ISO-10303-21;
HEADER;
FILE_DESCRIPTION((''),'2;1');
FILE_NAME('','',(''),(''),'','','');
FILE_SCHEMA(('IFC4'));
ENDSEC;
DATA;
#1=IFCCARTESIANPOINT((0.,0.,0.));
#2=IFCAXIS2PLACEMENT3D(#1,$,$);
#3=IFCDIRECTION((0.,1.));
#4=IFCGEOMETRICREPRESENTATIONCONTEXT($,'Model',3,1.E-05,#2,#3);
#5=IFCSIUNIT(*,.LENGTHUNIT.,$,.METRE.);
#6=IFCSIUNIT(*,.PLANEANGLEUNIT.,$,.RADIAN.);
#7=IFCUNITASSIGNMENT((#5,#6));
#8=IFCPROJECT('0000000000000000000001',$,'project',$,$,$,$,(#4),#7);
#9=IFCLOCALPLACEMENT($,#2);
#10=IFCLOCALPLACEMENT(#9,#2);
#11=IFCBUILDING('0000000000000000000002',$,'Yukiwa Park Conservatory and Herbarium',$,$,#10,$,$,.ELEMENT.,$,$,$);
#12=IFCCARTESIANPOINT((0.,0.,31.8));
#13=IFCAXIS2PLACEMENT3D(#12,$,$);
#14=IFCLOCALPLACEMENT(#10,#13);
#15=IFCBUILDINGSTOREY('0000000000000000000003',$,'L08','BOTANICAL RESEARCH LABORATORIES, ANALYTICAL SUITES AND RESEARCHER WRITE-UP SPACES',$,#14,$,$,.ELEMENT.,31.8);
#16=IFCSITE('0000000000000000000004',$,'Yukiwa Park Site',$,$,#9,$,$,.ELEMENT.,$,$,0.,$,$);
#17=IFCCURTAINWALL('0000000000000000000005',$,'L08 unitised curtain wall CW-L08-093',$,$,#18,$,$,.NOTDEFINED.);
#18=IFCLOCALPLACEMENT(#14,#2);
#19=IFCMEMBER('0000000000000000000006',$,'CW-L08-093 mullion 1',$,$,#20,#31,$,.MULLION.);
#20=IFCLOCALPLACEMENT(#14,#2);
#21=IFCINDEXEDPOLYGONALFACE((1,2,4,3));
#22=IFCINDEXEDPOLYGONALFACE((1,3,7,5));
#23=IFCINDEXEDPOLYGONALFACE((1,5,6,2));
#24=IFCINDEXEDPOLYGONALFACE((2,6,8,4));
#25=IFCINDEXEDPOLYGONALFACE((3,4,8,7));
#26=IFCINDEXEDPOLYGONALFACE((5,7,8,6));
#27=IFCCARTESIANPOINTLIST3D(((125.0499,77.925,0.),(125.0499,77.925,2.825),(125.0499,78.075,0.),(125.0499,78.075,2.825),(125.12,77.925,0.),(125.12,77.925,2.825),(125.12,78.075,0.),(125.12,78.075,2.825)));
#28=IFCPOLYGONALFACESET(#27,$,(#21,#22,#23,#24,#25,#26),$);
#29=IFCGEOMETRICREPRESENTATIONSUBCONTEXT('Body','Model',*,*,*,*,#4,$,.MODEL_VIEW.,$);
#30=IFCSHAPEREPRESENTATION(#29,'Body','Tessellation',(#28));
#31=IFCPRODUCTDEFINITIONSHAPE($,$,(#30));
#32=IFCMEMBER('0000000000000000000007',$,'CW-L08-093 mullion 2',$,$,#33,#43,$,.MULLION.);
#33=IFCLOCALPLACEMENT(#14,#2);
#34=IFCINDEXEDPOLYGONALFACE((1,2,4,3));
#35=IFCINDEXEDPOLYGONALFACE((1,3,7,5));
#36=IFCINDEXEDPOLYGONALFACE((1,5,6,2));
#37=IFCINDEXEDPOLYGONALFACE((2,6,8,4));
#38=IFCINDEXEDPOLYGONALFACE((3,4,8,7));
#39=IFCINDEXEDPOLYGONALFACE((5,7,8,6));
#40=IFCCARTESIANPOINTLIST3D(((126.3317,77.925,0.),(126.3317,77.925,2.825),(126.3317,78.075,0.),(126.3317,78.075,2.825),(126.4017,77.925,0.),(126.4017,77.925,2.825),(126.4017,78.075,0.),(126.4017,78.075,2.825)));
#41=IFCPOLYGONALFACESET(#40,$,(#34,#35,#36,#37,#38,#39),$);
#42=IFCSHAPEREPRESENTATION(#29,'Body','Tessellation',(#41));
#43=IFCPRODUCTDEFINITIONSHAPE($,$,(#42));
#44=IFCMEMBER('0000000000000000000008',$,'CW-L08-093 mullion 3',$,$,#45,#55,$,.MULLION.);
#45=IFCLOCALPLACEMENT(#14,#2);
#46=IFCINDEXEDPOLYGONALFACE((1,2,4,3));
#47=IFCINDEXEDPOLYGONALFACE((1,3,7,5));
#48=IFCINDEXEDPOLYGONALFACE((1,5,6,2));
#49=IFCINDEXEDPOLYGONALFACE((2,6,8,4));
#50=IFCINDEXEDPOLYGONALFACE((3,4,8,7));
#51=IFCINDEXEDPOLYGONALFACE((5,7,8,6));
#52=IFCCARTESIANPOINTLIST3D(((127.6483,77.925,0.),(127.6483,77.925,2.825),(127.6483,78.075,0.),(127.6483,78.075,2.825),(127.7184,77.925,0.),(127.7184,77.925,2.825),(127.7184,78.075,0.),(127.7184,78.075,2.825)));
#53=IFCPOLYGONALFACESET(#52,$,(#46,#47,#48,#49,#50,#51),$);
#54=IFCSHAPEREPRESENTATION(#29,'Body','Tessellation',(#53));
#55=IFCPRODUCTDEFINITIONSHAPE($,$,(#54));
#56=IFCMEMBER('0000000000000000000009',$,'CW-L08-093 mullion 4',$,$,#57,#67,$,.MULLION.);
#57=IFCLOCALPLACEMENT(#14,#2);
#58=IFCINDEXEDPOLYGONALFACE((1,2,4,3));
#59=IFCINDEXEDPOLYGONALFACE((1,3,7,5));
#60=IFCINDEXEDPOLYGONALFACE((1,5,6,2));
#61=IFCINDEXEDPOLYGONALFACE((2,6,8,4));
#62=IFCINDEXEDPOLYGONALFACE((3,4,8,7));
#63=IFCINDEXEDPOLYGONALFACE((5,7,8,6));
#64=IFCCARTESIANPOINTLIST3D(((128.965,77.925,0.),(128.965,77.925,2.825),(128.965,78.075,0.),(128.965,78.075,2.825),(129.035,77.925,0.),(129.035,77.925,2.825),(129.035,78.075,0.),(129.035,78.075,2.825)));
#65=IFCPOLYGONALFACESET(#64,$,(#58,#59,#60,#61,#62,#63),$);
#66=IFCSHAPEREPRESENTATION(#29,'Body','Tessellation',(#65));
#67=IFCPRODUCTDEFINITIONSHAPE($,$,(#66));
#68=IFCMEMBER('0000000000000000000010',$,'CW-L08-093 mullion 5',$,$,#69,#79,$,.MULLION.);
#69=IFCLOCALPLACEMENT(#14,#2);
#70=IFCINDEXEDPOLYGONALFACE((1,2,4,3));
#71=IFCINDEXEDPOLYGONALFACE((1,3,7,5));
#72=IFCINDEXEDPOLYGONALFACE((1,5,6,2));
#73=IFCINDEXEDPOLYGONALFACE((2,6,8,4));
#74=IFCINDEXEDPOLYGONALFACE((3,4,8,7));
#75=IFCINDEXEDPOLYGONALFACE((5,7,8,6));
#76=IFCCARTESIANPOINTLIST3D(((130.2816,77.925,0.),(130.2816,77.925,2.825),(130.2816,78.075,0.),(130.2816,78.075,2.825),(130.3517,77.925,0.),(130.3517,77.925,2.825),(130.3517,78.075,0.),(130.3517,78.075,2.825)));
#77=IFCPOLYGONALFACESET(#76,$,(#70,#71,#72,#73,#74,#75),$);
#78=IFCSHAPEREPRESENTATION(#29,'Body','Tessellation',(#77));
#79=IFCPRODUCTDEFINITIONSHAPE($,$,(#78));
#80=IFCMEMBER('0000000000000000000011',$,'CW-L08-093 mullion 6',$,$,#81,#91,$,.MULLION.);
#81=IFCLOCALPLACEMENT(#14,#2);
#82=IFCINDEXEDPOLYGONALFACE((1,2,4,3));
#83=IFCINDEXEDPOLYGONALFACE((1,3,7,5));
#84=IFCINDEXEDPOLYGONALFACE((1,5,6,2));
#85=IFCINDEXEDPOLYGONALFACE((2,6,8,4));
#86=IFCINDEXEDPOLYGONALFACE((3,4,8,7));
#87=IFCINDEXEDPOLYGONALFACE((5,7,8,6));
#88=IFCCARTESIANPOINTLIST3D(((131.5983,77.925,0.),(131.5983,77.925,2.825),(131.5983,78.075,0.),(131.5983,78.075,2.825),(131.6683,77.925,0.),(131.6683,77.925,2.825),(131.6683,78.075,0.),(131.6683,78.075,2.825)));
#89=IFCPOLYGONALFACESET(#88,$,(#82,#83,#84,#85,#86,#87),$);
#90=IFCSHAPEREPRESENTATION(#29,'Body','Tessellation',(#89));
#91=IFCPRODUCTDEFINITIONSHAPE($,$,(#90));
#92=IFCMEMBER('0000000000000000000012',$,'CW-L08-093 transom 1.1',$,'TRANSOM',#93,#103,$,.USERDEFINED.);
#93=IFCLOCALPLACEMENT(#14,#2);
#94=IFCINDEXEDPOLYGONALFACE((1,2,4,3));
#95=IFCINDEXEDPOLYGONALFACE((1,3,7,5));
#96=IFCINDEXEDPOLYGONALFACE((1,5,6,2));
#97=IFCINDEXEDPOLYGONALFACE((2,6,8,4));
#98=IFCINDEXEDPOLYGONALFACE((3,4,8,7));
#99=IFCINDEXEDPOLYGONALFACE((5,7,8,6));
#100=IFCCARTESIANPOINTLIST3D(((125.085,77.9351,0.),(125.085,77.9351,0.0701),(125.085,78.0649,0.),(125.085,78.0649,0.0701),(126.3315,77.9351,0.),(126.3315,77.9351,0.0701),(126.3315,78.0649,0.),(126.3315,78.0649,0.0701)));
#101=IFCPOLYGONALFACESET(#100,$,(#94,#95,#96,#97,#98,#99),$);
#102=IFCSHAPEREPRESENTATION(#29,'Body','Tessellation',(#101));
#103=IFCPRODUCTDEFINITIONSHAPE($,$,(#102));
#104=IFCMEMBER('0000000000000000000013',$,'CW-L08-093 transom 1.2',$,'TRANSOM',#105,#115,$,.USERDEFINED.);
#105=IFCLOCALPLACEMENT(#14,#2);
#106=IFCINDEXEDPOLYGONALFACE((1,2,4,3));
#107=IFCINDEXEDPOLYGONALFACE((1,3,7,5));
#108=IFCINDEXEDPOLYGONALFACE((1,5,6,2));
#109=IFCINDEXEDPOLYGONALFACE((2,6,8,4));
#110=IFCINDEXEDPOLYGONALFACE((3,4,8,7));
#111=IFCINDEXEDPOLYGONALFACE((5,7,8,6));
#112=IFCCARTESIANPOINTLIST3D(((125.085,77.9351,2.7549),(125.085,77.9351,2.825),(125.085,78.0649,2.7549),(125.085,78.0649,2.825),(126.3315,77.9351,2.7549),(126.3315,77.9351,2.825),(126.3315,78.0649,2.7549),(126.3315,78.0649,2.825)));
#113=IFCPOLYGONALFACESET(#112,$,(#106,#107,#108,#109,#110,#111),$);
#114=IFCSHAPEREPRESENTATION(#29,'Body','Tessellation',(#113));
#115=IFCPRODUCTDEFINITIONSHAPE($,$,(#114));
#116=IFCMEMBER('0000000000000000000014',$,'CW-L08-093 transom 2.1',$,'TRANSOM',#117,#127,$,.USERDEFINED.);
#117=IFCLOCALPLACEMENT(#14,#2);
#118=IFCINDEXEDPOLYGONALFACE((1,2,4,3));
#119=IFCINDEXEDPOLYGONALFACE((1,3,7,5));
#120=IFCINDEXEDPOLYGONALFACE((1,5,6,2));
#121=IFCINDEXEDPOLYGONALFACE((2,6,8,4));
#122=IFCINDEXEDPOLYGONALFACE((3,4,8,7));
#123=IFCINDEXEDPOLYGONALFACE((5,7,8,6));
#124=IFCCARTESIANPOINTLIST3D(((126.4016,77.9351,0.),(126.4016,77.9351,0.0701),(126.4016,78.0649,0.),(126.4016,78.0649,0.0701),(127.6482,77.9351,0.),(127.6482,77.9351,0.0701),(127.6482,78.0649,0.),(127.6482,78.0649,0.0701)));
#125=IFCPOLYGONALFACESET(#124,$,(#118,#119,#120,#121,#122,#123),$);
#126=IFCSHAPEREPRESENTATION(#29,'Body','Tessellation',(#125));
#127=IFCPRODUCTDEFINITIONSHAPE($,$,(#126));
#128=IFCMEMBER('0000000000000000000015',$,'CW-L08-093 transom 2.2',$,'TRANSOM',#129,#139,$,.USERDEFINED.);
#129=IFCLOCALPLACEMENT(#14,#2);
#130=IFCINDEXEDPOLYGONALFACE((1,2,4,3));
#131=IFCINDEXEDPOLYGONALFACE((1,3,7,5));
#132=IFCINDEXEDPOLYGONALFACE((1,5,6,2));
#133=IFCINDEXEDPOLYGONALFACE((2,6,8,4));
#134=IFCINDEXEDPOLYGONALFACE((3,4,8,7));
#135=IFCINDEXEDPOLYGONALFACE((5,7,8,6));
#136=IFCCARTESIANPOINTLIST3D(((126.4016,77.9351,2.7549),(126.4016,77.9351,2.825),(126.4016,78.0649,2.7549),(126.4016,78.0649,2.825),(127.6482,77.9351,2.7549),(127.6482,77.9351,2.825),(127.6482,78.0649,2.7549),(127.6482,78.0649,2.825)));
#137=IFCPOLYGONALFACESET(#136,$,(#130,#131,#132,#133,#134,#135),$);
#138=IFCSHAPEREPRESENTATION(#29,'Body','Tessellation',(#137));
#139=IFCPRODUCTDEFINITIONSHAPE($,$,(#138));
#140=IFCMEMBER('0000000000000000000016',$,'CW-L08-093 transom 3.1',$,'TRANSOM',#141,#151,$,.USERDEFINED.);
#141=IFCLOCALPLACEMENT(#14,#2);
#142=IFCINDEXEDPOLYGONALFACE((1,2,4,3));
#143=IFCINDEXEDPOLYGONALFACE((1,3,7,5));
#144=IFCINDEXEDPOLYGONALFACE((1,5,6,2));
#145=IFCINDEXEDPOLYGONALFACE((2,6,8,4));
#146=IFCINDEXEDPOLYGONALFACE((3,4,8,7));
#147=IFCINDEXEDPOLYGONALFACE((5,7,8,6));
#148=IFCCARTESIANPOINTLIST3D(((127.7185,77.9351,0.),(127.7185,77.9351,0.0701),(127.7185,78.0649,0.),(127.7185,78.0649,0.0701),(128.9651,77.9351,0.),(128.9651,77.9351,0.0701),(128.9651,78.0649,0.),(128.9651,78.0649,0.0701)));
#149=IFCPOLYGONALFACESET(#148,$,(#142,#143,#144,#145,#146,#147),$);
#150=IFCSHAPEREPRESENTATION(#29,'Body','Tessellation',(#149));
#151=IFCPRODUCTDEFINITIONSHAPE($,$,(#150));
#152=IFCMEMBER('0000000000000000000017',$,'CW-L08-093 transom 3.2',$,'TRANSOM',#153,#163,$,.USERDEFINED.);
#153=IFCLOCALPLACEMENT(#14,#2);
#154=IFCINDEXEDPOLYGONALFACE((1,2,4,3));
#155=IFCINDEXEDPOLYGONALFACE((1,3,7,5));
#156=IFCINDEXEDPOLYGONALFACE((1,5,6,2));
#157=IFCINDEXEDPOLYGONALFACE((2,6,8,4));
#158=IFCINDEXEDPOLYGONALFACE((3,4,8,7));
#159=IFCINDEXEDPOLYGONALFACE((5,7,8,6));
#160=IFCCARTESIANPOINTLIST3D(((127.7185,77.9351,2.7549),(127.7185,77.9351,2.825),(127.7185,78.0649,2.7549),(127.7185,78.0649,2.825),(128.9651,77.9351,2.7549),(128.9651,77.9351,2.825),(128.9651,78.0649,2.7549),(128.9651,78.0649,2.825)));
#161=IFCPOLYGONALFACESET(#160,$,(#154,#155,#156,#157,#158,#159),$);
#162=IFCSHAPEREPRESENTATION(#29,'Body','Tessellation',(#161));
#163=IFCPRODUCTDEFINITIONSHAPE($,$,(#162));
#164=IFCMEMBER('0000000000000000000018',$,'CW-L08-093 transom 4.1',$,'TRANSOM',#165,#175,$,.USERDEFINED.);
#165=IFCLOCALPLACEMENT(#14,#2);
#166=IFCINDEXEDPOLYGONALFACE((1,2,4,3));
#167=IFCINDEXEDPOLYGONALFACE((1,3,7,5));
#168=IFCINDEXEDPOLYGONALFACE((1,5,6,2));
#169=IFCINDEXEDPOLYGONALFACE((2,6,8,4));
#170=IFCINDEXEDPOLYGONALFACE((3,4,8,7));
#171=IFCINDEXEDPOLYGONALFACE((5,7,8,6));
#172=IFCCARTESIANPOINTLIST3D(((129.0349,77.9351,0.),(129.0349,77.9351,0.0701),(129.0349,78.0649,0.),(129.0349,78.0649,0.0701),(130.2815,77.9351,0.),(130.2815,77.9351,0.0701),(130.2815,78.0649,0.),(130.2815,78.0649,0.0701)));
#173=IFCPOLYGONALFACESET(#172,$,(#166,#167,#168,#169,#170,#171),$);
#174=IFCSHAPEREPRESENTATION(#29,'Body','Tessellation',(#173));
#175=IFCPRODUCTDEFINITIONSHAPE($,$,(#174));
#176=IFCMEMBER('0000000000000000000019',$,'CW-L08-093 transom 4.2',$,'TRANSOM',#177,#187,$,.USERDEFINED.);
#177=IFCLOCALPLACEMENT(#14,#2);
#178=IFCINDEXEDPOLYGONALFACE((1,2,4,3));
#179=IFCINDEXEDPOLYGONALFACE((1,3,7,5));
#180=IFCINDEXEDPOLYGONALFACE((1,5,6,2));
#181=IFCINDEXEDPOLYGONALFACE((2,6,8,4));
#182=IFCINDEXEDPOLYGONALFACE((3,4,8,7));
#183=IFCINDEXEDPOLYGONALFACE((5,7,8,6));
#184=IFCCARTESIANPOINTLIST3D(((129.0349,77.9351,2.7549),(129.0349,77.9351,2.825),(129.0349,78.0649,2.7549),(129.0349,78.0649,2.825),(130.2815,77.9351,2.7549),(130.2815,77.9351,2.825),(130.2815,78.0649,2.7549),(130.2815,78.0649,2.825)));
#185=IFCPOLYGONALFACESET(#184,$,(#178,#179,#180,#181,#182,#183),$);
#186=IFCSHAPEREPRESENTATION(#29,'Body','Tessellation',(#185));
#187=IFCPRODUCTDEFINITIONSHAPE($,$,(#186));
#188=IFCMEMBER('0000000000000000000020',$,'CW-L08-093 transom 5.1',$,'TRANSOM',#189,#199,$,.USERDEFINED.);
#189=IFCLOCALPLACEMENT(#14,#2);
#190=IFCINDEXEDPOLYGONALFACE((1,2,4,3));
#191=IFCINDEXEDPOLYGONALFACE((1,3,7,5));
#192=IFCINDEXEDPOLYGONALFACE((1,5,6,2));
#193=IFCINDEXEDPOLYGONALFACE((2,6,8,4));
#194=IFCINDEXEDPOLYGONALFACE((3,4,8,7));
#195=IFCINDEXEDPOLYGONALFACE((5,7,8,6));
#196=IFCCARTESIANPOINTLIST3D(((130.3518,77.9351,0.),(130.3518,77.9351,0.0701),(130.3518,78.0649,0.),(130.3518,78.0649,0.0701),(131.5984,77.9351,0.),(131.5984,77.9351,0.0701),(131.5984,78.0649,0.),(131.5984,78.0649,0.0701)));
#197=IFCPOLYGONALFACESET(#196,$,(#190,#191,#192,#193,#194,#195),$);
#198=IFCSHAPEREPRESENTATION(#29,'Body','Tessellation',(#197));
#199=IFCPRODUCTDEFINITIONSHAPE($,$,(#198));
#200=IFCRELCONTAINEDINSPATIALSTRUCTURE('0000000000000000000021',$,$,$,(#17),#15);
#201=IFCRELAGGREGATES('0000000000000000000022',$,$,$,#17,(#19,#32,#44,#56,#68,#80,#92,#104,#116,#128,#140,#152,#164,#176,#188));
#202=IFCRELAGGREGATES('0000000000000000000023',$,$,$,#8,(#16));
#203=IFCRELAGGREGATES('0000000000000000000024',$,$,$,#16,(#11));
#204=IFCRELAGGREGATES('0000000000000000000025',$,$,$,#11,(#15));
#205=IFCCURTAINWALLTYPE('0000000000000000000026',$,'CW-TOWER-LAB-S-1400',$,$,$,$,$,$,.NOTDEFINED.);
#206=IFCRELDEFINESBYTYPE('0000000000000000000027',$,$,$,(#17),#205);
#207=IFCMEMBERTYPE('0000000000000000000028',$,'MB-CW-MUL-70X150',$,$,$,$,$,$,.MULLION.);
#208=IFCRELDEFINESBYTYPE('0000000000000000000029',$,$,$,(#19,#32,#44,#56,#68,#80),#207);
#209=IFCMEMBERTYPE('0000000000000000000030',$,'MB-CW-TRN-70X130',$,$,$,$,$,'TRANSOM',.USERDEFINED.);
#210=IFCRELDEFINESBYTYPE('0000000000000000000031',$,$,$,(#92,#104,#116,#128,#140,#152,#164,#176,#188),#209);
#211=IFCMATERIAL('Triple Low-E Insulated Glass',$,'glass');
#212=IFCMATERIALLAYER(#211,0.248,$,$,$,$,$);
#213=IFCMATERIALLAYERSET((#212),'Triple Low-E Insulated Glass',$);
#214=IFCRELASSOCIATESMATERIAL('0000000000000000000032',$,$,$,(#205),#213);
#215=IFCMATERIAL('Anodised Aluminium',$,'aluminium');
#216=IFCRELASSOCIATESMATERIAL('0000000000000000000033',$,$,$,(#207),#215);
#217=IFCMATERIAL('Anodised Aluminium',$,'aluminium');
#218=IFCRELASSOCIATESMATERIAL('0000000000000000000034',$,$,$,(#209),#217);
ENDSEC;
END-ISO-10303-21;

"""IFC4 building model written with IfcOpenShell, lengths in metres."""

from ifc_helpers import new_model, si_unit, direction, frame, origin, origin_2d, place, context, subcontext, project, spatial, rectangle, extrude, material, layer, layer_set, type_object, element, aggregate, save


model = new_model("IFC4")

# Units and contexts
model_context = context("Model", 3, precision=1e-05, world=origin(), true_north=direction((0.0, 1.0)))
body_context = subcontext(model_context, "Body", "Model", "MODEL_VIEW")
ifc_project = project(units=[si_unit("LENGTHUNIT", "METRE"), si_unit("PLANEANGLEUNIT", "RADIAN")], contexts=[model_context])

# Site, building, storey
site_placement = place(None, origin())
site = spatial("IfcSite", under=ifc_project, at=site_placement, Name="Yukiwa Park Site", CompositionType="ELEMENT", RefElevation=0.0)
building_placement = place(site_placement, origin())
building = spatial("IfcBuilding", under=site, at=building_placement, Name="Yukiwa Park Conservatory and Herbarium", CompositionType="ELEMENT")
storey_placement = place(building_placement, frame((0.0, 0.0, 31.8)))
storey = spatial("IfcBuildingStorey", under=building, at=storey_placement, Name="L08", Description="BOTANICAL RESEARCH LABORATORIES, ANALYTICAL SUITES AND RESEARCHER WRITE-UP SPACES", CompositionType="ELEMENT", Elevation=31.8)

# Curtain wall, members
ifc_material_1 = material(Name="Triple Low-E Insulated Glass", Category="glass")
ifc_layer_1 = layer(ifc_material_1, 0.248)
ifc_layer_set_1 = layer_set([ifc_layer_1], Name="Triple Low-E Insulated Glass")
curtain_wall_type = type_object("IfcCurtainWallType", Name="CW-TOWER-LAB-S-1400", PredefinedType="NOTDEFINED", material=ifc_layer_set_1)
curtain_wall_placement = place(storey_placement, origin())
curtain_wall = element("IfcCurtainWall", 1, at=curtain_wall_placement, inside=storey, type_object=curtain_wall_type, Name="L08 unitised curtain wall CW-L08-093", PredefinedType="NOTDEFINED")
ifc_material_2 = material(Name="Anodised Aluminium", Category="aluminium")
member_type_1 = type_object("IfcMemberType", Name="MB-CW-MUL-70X150", PredefinedType="MULLION", material=ifc_material_2)
member_1_placement = place(storey_placement, frame((125.085, 78.0, 0.0), z_axis=(0.0, 0.0, 1.0), x_axis=(1.0, 0.0, 0.0)))
member_1 = element("IfcMember", 2, at=member_1_placement, type_object=member_type_1, Name="CW-L08-093 mullion 1", PredefinedType="MULLION", context=body_context, shape_type="SweptSolid", body=[
    extrude(rectangle(XDim=0.0701, YDim=0.1499, at=origin_2d()), origin(), (0.0, 0.0, 1.0), 2.825),
])
member_2_placement = place(storey_placement, frame((126.3667, 78.0, 0.0), z_axis=(0.0, 0.0, 1.0), x_axis=(1.0, 0.0, 0.0)))
member_2 = element("IfcMember", 3, at=member_2_placement, type_object=member_type_1, Name="CW-L08-093 mullion 2", PredefinedType="MULLION", context=body_context, shape_type="SweptSolid", body=[
    extrude(rectangle(XDim=0.0701, YDim=0.1499, at=origin_2d()), origin(), (0.0, 0.0, 1.0), 2.825),
])
member_3_placement = place(storey_placement, frame((127.6833, 78.0, 0.0), z_axis=(0.0, 0.0, 1.0), x_axis=(1.0, 0.0, 0.0)))
member_3 = element("IfcMember", 4, at=member_3_placement, type_object=member_type_1, Name="CW-L08-093 mullion 3", PredefinedType="MULLION", context=body_context, shape_type="SweptSolid", body=[
    extrude(rectangle(XDim=0.0701, YDim=0.1499, at=origin_2d()), origin(), (0.0, 0.0, 1.0), 2.825),
])
member_4_placement = place(storey_placement, frame((129.0, 78.0, 0.0), z_axis=(0.0, 0.0, 1.0), x_axis=(1.0, 0.0, 0.0)))
member_4 = element("IfcMember", 5, at=member_4_placement, type_object=member_type_1, Name="CW-L08-093 mullion 4", PredefinedType="MULLION", context=body_context, shape_type="SweptSolid", body=[
    extrude(rectangle(XDim=0.0701, YDim=0.1499, at=origin_2d()), origin(), (0.0, 0.0, 1.0), 2.825),
])
member_5_placement = place(storey_placement, frame((130.3167, 78.0, 0.0), z_axis=(0.0, 0.0, 1.0), x_axis=(1.0, 0.0, 0.0)))
member_5 = element("IfcMember", 6, at=member_5_placement, type_object=member_type_1, Name="CW-L08-093 mullion 5", PredefinedType="MULLION", context=body_context, shape_type="SweptSolid", body=[
    extrude(rectangle(XDim=0.0701, YDim=0.1499, at=origin_2d()), origin(), (0.0, 0.0, 1.0), 2.825),
])
member_6_placement = place(storey_placement, frame((131.6333, 78.0, 0.0), z_axis=(0.0, 0.0, 1.0), x_axis=(1.0, 0.0, 0.0)))
member_6 = element("IfcMember", 7, at=member_6_placement, type_object=member_type_1, Name="CW-L08-093 mullion 6", PredefinedType="MULLION", context=body_context, shape_type="SweptSolid", body=[
    extrude(rectangle(XDim=0.0701, YDim=0.1499, at=origin_2d()), origin(), (0.0, 0.0, 1.0), 2.825),
])
ifc_material_3 = material(Name="Anodised Aluminium", Category="aluminium")
member_type_2 = type_object("IfcMemberType", Name="MB-CW-TRN-70X130", ElementType="TRANSOM", PredefinedType="USERDEFINED", material=ifc_material_3)
member_7_placement = place(storey_placement, frame((125.7083, 78.0, 0.0), z_axis=(0.0, 0.0, 1.0), x_axis=(1.0, 0.0, 0.0)))
member_7 = element("IfcMember", 8, at=member_7_placement, type_object=member_type_2, Name="CW-L08-093 transom 1.1", ObjectType="TRANSOM", PredefinedType="USERDEFINED", context=body_context, shape_type="SweptSolid", body=[
    extrude(rectangle(XDim=1.2466, YDim=0.1299, at=origin_2d()), origin(), (0.0, 0.0, 1.0), 0.0701),
])
member_8_placement = place(storey_placement, frame((125.7083, 78.0, 2.7549), z_axis=(0.0, 0.0, 1.0), x_axis=(1.0, 0.0, 0.0)))
member_8 = element("IfcMember", 9, at=member_8_placement, type_object=member_type_2, Name="CW-L08-093 transom 1.2", ObjectType="TRANSOM", PredefinedType="USERDEFINED", context=body_context, shape_type="SweptSolid", body=[
    extrude(rectangle(XDim=1.2466, YDim=0.1299, at=origin_2d()), origin(), (0.0, 0.0, 1.0), 0.0701),
])
member_9_placement = place(storey_placement, frame((127.0249, 78.0, 0.0), z_axis=(0.0, 0.0, 1.0), x_axis=(1.0, 0.0, 0.0)))
member_9 = element("IfcMember", 10, at=member_9_placement, type_object=member_type_2, Name="CW-L08-093 transom 2.1", ObjectType="TRANSOM", PredefinedType="USERDEFINED", context=body_context, shape_type="SweptSolid", body=[
    extrude(rectangle(XDim=1.2466, YDim=0.1299, at=origin_2d()), origin(), (0.0, 0.0, 1.0), 0.0701),
])
member_10_placement = place(storey_placement, frame((127.0249, 78.0, 2.7549), z_axis=(0.0, 0.0, 1.0), x_axis=(1.0, 0.0, 0.0)))
member_10 = element("IfcMember", 11, at=member_10_placement, type_object=member_type_2, Name="CW-L08-093 transom 2.2", ObjectType="TRANSOM", PredefinedType="USERDEFINED", context=body_context, shape_type="SweptSolid", body=[
    extrude(rectangle(XDim=1.2466, YDim=0.1299, at=origin_2d()), origin(), (0.0, 0.0, 1.0), 0.0701),
])
member_11_placement = place(storey_placement, frame((128.3418, 78.0, 0.0), z_axis=(0.0, 0.0, 1.0), x_axis=(1.0, 0.0, 0.0)))
member_11 = element("IfcMember", 12, at=member_11_placement, type_object=member_type_2, Name="CW-L08-093 transom 3.1", ObjectType="TRANSOM", PredefinedType="USERDEFINED", context=body_context, shape_type="SweptSolid", body=[
    extrude(rectangle(XDim=1.2466, YDim=0.1299, at=origin_2d()), origin(), (0.0, 0.0, 1.0), 0.0701),
])
member_12_placement = place(storey_placement, frame((128.3418, 78.0, 2.7549), z_axis=(0.0, 0.0, 1.0), x_axis=(1.0, 0.0, 0.0)))
member_12 = element("IfcMember", 13, at=member_12_placement, type_object=member_type_2, Name="CW-L08-093 transom 3.2", ObjectType="TRANSOM", PredefinedType="USERDEFINED", context=body_context, shape_type="SweptSolid", body=[
    extrude(rectangle(XDim=1.2466, YDim=0.1299, at=origin_2d()), origin(), (0.0, 0.0, 1.0), 0.0701),
])
member_13_placement = place(storey_placement, frame((129.6582, 78.0, 0.0), z_axis=(0.0, 0.0, 1.0), x_axis=(1.0, 0.0, 0.0)))
member_13 = element("IfcMember", 14, at=member_13_placement, type_object=member_type_2, Name="CW-L08-093 transom 4.1", ObjectType="TRANSOM", PredefinedType="USERDEFINED", context=body_context, shape_type="SweptSolid", body=[
    extrude(rectangle(XDim=1.2466, YDim=0.1299, at=origin_2d()), origin(), (0.0, 0.0, 1.0), 0.0701),
])
member_14_placement = place(storey_placement, frame((129.6582, 78.0, 2.7549), z_axis=(0.0, 0.0, 1.0), x_axis=(1.0, 0.0, 0.0)))
member_14 = element("IfcMember", 15, at=member_14_placement, type_object=member_type_2, Name="CW-L08-093 transom 4.2", ObjectType="TRANSOM", PredefinedType="USERDEFINED", context=body_context, shape_type="SweptSolid", body=[
    extrude(rectangle(XDim=1.2466, YDim=0.1299, at=origin_2d()), origin(), (0.0, 0.0, 1.0), 0.0701),
])
member_15_placement = place(storey_placement, frame((130.9751, 78.0, 0.0), z_axis=(0.0, 0.0, 1.0), x_axis=(1.0, 0.0, 0.0)))
member_15 = element("IfcMember", 16, at=member_15_placement, type_object=member_type_2, Name="CW-L08-093 transom 5.1", ObjectType="TRANSOM", PredefinedType="USERDEFINED", context=body_context, shape_type="SweptSolid", body=[
    extrude(rectangle(XDim=1.2466, YDim=0.1299, at=origin_2d()), origin(), (0.0, 0.0, 1.0), 0.0701),
])
aggregate(curtain_wall, [member_1, member_2, member_3, member_4, member_5, member_6, member_7, member_8, member_9, member_10, member_11, member_12, member_13, member_14, member_15])

save(model, "model.ifc")
